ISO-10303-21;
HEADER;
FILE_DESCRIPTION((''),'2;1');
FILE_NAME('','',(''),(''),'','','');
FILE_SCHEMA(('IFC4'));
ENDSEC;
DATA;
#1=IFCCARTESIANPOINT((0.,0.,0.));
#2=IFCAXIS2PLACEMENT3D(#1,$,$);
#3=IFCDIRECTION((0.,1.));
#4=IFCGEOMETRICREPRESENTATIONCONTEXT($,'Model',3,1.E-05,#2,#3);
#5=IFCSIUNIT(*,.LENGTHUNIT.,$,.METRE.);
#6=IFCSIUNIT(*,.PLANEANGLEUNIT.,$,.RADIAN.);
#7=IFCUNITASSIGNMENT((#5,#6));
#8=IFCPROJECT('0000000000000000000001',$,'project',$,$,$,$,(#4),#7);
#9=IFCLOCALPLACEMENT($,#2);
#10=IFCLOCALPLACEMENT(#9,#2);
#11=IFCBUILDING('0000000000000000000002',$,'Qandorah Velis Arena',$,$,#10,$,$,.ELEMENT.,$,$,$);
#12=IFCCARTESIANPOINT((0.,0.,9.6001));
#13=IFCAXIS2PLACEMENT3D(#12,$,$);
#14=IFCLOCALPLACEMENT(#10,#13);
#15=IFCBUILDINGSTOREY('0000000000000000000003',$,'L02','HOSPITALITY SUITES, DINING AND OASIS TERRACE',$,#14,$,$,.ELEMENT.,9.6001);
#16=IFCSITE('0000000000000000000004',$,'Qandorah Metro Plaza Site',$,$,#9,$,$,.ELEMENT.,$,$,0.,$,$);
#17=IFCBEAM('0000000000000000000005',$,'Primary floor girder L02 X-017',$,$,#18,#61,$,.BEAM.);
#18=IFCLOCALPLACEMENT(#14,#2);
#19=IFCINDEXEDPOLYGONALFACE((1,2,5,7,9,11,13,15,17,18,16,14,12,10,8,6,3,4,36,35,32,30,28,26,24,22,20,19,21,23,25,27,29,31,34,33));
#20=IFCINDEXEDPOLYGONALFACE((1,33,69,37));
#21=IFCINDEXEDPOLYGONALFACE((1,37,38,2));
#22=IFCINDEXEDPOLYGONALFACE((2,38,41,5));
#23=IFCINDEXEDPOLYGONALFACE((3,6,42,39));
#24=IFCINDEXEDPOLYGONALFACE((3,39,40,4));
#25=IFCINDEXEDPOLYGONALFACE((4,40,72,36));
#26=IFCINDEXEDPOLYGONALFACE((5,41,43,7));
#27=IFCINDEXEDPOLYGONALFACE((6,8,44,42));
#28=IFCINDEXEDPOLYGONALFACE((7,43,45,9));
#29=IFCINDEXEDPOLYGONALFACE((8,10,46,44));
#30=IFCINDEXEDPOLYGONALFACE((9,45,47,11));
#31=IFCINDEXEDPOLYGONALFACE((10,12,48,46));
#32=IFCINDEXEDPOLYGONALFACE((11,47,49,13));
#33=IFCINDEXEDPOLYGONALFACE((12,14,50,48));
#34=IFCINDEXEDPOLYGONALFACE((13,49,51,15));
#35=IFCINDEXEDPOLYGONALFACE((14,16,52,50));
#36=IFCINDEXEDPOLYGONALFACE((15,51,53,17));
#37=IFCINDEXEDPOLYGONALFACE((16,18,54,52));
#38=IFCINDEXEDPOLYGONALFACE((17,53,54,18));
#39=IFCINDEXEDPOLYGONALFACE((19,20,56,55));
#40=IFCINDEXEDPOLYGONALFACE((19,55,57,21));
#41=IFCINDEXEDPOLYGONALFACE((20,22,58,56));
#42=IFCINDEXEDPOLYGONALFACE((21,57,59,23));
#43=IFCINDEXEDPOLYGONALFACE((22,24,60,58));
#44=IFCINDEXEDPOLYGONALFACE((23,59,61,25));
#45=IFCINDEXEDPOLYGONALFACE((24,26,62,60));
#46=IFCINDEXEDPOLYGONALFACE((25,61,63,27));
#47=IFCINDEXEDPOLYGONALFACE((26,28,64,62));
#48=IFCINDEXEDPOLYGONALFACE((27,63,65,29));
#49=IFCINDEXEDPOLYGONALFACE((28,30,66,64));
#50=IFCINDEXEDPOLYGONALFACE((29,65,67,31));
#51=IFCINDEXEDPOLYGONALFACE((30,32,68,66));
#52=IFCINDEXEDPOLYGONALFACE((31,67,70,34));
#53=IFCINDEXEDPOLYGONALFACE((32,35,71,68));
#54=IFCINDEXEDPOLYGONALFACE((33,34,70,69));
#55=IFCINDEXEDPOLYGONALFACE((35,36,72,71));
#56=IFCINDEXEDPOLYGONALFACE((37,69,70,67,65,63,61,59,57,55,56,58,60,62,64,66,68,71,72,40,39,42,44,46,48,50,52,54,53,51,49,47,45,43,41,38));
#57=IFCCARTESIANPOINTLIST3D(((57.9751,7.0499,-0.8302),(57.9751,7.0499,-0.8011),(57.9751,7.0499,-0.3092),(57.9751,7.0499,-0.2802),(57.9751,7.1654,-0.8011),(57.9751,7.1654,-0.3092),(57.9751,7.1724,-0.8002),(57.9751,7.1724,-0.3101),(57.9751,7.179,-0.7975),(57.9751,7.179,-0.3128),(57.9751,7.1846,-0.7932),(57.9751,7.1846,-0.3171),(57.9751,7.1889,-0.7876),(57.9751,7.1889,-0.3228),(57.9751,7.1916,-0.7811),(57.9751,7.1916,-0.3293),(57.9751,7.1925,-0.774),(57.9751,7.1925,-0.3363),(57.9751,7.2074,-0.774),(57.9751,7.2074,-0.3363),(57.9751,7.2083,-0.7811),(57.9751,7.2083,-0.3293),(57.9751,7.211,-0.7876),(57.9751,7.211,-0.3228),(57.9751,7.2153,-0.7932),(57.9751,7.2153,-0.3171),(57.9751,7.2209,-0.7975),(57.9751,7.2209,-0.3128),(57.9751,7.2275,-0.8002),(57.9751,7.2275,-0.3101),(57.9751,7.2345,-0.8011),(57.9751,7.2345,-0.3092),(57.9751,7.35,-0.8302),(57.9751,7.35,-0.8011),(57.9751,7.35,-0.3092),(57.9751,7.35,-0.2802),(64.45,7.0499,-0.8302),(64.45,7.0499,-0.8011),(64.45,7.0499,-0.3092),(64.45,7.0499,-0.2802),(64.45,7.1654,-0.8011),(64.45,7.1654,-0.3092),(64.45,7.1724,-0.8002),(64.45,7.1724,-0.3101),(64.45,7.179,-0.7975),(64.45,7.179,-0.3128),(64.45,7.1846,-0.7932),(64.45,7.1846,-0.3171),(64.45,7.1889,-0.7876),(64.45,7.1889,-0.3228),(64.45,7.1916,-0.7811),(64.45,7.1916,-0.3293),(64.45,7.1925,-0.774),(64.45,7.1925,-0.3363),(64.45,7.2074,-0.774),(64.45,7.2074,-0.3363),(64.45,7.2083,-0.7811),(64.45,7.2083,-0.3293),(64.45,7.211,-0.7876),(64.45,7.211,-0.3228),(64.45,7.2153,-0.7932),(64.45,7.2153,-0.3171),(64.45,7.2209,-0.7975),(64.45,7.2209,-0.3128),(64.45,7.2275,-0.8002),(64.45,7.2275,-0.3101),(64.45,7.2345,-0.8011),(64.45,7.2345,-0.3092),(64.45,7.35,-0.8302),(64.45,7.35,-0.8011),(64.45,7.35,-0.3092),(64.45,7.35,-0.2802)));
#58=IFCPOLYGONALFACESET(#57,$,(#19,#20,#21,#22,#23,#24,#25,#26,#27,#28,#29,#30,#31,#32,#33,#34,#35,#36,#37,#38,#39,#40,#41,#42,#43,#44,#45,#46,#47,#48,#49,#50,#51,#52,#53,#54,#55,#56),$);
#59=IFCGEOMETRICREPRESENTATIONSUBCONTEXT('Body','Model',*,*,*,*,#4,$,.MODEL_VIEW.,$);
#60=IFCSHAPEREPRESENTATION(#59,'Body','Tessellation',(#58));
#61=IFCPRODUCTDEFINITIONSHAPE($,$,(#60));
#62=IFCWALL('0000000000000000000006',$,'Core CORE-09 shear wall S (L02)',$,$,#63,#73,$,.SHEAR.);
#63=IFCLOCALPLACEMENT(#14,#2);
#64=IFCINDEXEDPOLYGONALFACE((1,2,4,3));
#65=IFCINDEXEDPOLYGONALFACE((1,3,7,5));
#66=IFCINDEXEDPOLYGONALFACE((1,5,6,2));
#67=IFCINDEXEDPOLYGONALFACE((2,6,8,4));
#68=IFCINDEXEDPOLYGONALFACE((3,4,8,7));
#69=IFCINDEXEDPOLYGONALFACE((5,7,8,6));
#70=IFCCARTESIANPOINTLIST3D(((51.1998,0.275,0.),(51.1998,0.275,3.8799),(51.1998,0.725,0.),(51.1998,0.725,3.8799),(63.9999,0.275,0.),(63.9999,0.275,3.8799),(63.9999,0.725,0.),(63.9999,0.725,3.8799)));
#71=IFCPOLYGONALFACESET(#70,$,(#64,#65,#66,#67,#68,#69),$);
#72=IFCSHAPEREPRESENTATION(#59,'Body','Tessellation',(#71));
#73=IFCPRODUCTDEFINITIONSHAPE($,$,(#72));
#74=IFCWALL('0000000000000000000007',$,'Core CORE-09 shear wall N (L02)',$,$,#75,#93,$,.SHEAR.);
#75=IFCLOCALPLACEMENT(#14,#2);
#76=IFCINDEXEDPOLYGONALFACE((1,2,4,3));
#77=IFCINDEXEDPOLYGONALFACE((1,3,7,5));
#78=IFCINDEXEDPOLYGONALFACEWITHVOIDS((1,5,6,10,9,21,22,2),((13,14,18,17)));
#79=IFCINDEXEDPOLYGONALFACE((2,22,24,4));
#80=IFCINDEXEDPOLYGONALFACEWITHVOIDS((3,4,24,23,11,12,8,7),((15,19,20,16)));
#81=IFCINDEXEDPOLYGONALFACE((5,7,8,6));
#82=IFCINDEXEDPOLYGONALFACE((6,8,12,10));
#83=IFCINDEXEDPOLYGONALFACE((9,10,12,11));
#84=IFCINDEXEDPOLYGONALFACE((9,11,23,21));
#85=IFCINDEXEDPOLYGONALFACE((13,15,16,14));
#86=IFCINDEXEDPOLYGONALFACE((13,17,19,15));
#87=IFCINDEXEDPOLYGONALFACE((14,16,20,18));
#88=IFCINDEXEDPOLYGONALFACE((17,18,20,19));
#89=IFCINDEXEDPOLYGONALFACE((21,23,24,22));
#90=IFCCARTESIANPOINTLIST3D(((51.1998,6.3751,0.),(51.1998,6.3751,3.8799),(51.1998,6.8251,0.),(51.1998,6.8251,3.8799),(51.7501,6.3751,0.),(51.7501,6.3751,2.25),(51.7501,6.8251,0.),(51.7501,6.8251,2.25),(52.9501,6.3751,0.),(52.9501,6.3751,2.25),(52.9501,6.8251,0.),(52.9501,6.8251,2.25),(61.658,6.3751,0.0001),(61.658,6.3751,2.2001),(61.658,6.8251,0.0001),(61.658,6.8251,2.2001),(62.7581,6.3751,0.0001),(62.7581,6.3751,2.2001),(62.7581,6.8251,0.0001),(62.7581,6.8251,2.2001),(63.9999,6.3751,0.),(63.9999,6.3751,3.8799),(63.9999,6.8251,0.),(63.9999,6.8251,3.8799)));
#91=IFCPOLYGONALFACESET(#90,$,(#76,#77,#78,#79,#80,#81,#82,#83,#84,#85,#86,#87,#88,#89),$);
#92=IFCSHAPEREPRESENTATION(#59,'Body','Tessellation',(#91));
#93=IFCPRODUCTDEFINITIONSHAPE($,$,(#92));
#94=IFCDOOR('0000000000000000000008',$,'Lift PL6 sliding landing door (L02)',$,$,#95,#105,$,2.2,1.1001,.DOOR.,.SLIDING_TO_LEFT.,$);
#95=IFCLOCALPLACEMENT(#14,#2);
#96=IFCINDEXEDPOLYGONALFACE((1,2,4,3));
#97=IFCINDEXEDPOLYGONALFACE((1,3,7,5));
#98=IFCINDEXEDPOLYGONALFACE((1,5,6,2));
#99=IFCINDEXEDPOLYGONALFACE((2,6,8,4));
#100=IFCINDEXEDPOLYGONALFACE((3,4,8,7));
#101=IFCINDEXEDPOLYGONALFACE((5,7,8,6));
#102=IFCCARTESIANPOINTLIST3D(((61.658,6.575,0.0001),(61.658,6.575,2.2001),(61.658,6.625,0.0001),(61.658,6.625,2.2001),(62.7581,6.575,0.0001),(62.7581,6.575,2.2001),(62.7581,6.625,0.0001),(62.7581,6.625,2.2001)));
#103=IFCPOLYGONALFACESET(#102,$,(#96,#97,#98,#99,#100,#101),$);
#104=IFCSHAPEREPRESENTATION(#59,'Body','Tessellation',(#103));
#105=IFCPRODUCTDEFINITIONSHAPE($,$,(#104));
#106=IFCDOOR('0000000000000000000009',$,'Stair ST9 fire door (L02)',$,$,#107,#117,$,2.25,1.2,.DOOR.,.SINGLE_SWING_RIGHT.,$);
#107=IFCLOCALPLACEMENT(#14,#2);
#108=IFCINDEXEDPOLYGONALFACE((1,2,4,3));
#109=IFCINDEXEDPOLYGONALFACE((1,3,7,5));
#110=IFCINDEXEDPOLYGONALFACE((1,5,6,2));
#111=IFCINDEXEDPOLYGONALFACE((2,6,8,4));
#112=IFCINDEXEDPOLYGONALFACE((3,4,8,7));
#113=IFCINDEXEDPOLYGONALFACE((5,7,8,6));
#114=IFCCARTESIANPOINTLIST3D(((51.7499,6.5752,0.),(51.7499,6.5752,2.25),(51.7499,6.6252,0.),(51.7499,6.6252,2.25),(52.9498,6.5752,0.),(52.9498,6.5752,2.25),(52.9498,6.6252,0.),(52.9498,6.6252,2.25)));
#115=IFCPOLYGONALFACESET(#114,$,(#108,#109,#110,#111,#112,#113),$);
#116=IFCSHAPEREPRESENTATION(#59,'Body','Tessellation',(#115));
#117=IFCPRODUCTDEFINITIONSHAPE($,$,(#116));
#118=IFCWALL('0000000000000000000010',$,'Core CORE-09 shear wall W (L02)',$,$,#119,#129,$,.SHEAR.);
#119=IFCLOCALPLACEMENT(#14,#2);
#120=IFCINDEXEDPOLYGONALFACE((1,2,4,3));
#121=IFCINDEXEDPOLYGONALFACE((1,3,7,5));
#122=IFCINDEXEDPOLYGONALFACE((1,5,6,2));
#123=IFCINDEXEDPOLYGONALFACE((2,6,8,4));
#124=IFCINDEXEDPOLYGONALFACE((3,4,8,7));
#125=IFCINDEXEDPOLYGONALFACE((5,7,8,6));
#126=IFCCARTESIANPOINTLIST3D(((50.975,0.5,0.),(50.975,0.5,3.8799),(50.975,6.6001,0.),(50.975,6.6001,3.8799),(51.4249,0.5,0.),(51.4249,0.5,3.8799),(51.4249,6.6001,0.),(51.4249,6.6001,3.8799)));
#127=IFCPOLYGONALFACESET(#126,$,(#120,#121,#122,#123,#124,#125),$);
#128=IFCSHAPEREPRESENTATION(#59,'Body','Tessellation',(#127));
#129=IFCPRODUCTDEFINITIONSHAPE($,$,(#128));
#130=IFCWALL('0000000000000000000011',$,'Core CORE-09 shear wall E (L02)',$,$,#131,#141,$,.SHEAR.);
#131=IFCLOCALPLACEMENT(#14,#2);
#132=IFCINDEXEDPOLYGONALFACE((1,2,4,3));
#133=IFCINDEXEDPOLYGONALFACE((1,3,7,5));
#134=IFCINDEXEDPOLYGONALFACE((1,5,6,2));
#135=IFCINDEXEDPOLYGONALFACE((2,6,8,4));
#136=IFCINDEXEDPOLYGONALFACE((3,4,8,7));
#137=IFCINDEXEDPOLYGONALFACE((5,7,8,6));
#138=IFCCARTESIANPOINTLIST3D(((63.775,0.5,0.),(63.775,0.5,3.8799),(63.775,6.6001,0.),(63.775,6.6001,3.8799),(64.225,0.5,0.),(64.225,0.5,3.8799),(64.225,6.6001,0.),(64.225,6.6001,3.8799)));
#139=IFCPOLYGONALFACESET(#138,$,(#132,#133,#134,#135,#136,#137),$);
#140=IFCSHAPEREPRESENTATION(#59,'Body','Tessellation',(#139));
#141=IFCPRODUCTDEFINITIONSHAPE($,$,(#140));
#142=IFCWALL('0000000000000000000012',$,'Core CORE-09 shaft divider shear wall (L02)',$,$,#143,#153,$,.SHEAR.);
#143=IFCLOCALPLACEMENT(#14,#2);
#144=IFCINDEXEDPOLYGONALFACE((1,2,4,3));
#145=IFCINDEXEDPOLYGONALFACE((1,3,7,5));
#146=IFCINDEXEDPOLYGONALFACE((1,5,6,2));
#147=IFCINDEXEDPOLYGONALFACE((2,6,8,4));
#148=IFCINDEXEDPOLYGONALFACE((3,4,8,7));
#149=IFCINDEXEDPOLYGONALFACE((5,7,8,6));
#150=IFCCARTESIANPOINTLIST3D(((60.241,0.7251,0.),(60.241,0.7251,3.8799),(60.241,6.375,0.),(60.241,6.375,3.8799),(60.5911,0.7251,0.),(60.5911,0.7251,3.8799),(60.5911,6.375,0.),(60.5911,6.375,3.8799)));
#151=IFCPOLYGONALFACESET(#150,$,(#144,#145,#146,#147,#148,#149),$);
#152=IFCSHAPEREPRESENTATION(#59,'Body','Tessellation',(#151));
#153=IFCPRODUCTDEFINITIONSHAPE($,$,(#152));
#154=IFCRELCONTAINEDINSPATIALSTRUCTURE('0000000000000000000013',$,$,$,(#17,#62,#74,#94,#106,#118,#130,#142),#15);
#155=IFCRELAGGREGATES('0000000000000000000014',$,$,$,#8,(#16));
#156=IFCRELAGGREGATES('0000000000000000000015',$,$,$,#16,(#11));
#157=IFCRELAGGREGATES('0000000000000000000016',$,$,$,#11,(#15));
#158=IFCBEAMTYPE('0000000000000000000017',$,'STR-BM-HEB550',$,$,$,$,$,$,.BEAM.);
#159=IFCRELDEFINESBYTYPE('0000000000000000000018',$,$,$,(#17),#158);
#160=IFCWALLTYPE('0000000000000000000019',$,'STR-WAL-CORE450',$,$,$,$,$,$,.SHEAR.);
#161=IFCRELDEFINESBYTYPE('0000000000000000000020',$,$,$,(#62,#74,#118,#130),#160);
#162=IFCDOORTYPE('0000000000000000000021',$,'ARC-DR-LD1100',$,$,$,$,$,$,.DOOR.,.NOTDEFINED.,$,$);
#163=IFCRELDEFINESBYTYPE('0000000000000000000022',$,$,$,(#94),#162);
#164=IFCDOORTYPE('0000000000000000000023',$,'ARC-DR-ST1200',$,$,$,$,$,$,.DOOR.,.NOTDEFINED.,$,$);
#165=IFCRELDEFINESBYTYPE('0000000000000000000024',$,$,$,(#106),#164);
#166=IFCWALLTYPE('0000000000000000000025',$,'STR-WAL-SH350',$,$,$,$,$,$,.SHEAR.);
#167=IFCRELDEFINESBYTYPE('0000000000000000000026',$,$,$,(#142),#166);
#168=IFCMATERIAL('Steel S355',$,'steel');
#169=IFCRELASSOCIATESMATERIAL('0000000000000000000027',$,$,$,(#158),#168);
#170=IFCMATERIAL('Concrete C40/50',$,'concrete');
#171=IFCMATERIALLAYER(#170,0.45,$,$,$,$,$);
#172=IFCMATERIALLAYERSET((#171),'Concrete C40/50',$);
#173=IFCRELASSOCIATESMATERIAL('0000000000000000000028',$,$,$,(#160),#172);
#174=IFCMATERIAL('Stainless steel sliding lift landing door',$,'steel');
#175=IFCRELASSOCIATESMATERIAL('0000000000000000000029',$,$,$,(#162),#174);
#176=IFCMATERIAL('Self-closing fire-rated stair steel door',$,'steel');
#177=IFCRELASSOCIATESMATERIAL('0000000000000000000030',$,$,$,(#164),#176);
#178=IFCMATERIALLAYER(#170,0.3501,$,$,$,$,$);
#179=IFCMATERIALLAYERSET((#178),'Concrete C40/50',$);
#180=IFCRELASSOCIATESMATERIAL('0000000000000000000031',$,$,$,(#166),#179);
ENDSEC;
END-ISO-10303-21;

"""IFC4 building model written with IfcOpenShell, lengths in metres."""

from ifc_helpers import new_model, si_unit, direction, frame, frame_2d, origin, origin_2d, place, context, subcontext, project, spatial, rectangle, i_section, extrude, material, layer, layer_set, material_profile, profile_set, type_object, element, fill, save


model = new_model("IFC4")

# Units and contexts
model_context = context("Model", 3, precision=1e-05, world=origin(), true_north=direction((0.0, 1.0)))
body_context = subcontext(model_context, "Body", "Model", "MODEL_VIEW")
ifc_project = project(units=[si_unit("LENGTHUNIT", "METRE"), si_unit("PLANEANGLEUNIT", "RADIAN")], contexts=[model_context])

# Site, building, storey
site_placement = place(None, origin())
site = spatial("IfcSite", under=ifc_project, at=site_placement, Name="Qandorah Metro Plaza Site", CompositionType="ELEMENT", RefElevation=0.0)
building_placement = place(site_placement, origin())
building = spatial("IfcBuilding", under=site, at=building_placement, Name="Qandorah Velis Arena", CompositionType="ELEMENT")
storey_placement = place(building_placement, frame((0.0, 0.0, 9.6001)))
storey = spatial("IfcBuildingStorey", under=building, at=storey_placement, Name="L02", Description="HOSPITALITY SUITES, DINING AND OASIS TERRACE", CompositionType="ELEMENT", Elevation=9.6001)

# Shared definitions
ifc_material_1 = material(Name="Concrete C40/50", Category="concrete")

# Beam
ifc_material_2 = material(Name="Steel S355", Category="steel")
ifc_material_profile_1 = material_profile(ifc_material_2, i_section(OverallWidth=0.3, OverallDepth=0.55, WebThickness=0.0149, FlangeThickness=0.0291, FilletRadius=0.0271, at=origin_2d()), Name="HEB 550")
ifc_profile_set_1 = profile_set([ifc_material_profile_1], Name="Steel S355")
beam_type = type_object("IfcBeamType", Name="STR-BM-HEB550", PredefinedType="BEAM", material=ifc_profile_set_1)
beam_1_placement = place(storey_placement, frame((57.9751, 7.2, -0.5552), z_axis=(1.0, 0.0, 0.0), x_axis=(0.0, 1.0, 0.0)))
element("IfcBeam", 1, at=beam_1_placement, inside=storey, type_object=beam_type, Name="Primary floor girder L02 X-017", PredefinedType="BEAM", context=body_context, shape_type="SweptSolid", body=[
    extrude(i_section(OverallWidth=0.3, OverallDepth=0.55, WebThickness=0.0149, FlangeThickness=0.0291, FilletRadius=0.0271, at=origin_2d()), origin(), (0.0, 0.0, 1.0), 6.4749),
])

# Wall
ifc_layer_1 = layer(ifc_material_1, 0.45)
ifc_layer_set_1 = layer_set([ifc_layer_1], Name="Concrete C40/50")
wall_type_1 = type_object("IfcWallType", Name="STR-WAL-CORE450", PredefinedType="SHEAR", material=ifc_layer_set_1)
wall_1_placement = place(storey_placement, frame((51.2, 0.5, 0.0), z_axis=(0.0, 0.0, 1.0), x_axis=(1.0, 0.0, 0.0)))
element("IfcWall", 2, at=wall_1_placement, inside=storey, type_object=wall_type_1, Name="Core CORE-09 shear wall S (L02)", PredefinedType="SHEAR", context=body_context, shape_type="SweptSolid", body=[
    extrude(rectangle(XDim=12.8, YDim=0.45, at=frame_2d((6.3999, 0.0))), origin(), (0.0, 0.0, 1.0), 3.8799),
])

# Wall, openings, doors
wall_2_placement = place(storey_placement, frame((51.2, 6.6001, 0.0), z_axis=(0.0, 0.0, 1.0), x_axis=(1.0, 0.0, 0.0)))
wall_2 = element("IfcWall", 3, at=wall_2_placement, inside=storey, type_object=wall_type_1, Name="Core CORE-09 shear wall N (L02)", PredefinedType="SHEAR", context=body_context, shape_type="SweptSolid", body=[
    extrude(rectangle(XDim=12.8, YDim=0.45, at=frame_2d((6.3999, 0.0))), origin(), (0.0, 0.0, 1.0), 3.8799),
])
opening_1_placement = place(wall_2_placement, frame((0.55, 0.0, 0.0)))
opening_1 = element("IfcOpeningElement", 4, at=opening_1_placement, cuts=wall_2, PredefinedType="OPENING", context=body_context, shape_type="SweptSolid", body=[
    extrude(rectangle(XDim=1.2, YDim=2.25, at=frame_2d((0.6001, 1.125))), frame((0.0, 0.2349, 0.0), z_axis=(0.0, -1.0, 0.0), x_axis=(1.0, 0.0, 0.0)), (0.0, 0.0, 1.0), 0.47),
])
opening_2_placement = place(wall_2_placement, frame((10.458, 0.0, 0.0)))
opening_2 = element("IfcOpeningElement", 5, at=opening_2_placement, cuts=wall_2, PredefinedType="OPENING", context=body_context, shape_type="SweptSolid", body=[
    extrude(rectangle(XDim=1.1001, YDim=2.2, at=frame_2d((0.55, 1.1001))), frame((0.0, 0.2349, 0.0), z_axis=(0.0, -1.0, 0.0), x_axis=(1.0, 0.0, 0.0)), (0.0, 0.0, 1.0), 0.47),
])
ifc_material_3 = material(Name="Stainless steel sliding lift landing door", Category="steel")
door_type_1 = type_object("IfcDoorType", Name="ARC-DR-LD1100", OperationType="NOTDEFINED", PredefinedType="DOOR", material=ifc_material_3)
door_1_placement = place(opening_2_placement, origin())
door_1 = element("IfcDoor", 6, at=door_1_placement, inside=storey, type_object=door_type_1, Name="Lift PL6 sliding landing door (L02)", OperationType="SLIDING_TO_LEFT", OverallHeight=2.2, OverallWidth=1.1001, PredefinedType="DOOR", context=body_context, shape_type="SweptSolid", body=[
    extrude(rectangle(XDim=1.1001, YDim=2.2, at=frame_2d((0.55, 1.1001))), frame((0.0, 0.0249, 0.0), z_axis=(0.0, -1.0, 0.0), x_axis=(1.0, 0.0, 0.0)), (0.0, 0.0, 1.0), 0.05),
])
fill(opening_2, door_1)
ifc_material_4 = material(Name="Self-closing fire-rated stair steel door", Category="steel")
door_type_2 = type_object("IfcDoorType", Name="ARC-DR-ST1200", OperationType="NOTDEFINED", PredefinedType="DOOR", material=ifc_material_4)
door_2_placement = place(opening_1_placement, frame((1.2, 0.0, 0.0), z_axis=(0.0, 0.0, 1.0), x_axis=(-1.0, 0.0, 0.0)))
door_2 = element("IfcDoor", 7, at=door_2_placement, inside=storey, type_object=door_type_2, Name="Stair ST9 fire door (L02)", OperationType="SINGLE_SWING_RIGHT", OverallHeight=2.25, OverallWidth=1.2, PredefinedType="DOOR", context=body_context, shape_type="SweptSolid", body=[
    extrude(rectangle(XDim=1.2, YDim=2.25, at=frame_2d((0.6001, 1.125))), frame((0.0, 0.0249, 0.0), z_axis=(0.0, -1.0, 0.0), x_axis=(1.0, 0.0, 0.0)), (0.0, 0.0, 1.0), 0.05),
])
fill(opening_1, door_2)

# Walls
for number, where, z_axis, x_axis, name in (
    (8, (51.2, 0.5, 0.0), (0.0, 0.0, 1.0), (0.0, 1.0, 0.0), "Core CORE-09 shear wall W (L02)"),
    (9, (64.0, 0.5, 0.0), (0.0, 0.0, 1.0), (0.0, 1.0, 0.0), "Core CORE-09 shear wall E (L02)"),
):
    element("IfcWall", number, at=place(storey_placement, frame(where, z_axis=z_axis, x_axis=x_axis)), inside=storey, type_object=wall_type_1, Name=name, PredefinedType="SHEAR", context=body_context, shape_type="SweptSolid", body=[
        extrude(rectangle(XDim=6.1001, YDim=0.45, at=frame_2d((3.05, 0.0))), origin(), (0.0, 0.0, 1.0), 3.8799),
    ])
ifc_layer_2 = layer(ifc_material_1, 0.3501)
ifc_layer_set_2 = layer_set([ifc_layer_2], Name="Concrete C40/50")
wall_type_2 = type_object("IfcWallType", Name="STR-WAL-SH350", PredefinedType="SHEAR", material=ifc_layer_set_2)
wall_3_placement = place(storey_placement, frame((60.416, 0.7251, 0.0), z_axis=(0.0, 0.0, 1.0), x_axis=(0.0, 1.0, 0.0)))
element("IfcWall", 10, at=wall_3_placement, inside=storey, type_object=wall_type_2, Name="Core CORE-09 shaft divider shear wall (L02)", PredefinedType="SHEAR", context=body_context, shape_type="SweptSolid", body=[
    extrude(rectangle(XDim=5.6499, YDim=0.3501, at=frame_2d((2.825, 0.0))), origin(), (0.0, 0.0, 1.0), 3.8799),
])

save(model, "model.ifc")
